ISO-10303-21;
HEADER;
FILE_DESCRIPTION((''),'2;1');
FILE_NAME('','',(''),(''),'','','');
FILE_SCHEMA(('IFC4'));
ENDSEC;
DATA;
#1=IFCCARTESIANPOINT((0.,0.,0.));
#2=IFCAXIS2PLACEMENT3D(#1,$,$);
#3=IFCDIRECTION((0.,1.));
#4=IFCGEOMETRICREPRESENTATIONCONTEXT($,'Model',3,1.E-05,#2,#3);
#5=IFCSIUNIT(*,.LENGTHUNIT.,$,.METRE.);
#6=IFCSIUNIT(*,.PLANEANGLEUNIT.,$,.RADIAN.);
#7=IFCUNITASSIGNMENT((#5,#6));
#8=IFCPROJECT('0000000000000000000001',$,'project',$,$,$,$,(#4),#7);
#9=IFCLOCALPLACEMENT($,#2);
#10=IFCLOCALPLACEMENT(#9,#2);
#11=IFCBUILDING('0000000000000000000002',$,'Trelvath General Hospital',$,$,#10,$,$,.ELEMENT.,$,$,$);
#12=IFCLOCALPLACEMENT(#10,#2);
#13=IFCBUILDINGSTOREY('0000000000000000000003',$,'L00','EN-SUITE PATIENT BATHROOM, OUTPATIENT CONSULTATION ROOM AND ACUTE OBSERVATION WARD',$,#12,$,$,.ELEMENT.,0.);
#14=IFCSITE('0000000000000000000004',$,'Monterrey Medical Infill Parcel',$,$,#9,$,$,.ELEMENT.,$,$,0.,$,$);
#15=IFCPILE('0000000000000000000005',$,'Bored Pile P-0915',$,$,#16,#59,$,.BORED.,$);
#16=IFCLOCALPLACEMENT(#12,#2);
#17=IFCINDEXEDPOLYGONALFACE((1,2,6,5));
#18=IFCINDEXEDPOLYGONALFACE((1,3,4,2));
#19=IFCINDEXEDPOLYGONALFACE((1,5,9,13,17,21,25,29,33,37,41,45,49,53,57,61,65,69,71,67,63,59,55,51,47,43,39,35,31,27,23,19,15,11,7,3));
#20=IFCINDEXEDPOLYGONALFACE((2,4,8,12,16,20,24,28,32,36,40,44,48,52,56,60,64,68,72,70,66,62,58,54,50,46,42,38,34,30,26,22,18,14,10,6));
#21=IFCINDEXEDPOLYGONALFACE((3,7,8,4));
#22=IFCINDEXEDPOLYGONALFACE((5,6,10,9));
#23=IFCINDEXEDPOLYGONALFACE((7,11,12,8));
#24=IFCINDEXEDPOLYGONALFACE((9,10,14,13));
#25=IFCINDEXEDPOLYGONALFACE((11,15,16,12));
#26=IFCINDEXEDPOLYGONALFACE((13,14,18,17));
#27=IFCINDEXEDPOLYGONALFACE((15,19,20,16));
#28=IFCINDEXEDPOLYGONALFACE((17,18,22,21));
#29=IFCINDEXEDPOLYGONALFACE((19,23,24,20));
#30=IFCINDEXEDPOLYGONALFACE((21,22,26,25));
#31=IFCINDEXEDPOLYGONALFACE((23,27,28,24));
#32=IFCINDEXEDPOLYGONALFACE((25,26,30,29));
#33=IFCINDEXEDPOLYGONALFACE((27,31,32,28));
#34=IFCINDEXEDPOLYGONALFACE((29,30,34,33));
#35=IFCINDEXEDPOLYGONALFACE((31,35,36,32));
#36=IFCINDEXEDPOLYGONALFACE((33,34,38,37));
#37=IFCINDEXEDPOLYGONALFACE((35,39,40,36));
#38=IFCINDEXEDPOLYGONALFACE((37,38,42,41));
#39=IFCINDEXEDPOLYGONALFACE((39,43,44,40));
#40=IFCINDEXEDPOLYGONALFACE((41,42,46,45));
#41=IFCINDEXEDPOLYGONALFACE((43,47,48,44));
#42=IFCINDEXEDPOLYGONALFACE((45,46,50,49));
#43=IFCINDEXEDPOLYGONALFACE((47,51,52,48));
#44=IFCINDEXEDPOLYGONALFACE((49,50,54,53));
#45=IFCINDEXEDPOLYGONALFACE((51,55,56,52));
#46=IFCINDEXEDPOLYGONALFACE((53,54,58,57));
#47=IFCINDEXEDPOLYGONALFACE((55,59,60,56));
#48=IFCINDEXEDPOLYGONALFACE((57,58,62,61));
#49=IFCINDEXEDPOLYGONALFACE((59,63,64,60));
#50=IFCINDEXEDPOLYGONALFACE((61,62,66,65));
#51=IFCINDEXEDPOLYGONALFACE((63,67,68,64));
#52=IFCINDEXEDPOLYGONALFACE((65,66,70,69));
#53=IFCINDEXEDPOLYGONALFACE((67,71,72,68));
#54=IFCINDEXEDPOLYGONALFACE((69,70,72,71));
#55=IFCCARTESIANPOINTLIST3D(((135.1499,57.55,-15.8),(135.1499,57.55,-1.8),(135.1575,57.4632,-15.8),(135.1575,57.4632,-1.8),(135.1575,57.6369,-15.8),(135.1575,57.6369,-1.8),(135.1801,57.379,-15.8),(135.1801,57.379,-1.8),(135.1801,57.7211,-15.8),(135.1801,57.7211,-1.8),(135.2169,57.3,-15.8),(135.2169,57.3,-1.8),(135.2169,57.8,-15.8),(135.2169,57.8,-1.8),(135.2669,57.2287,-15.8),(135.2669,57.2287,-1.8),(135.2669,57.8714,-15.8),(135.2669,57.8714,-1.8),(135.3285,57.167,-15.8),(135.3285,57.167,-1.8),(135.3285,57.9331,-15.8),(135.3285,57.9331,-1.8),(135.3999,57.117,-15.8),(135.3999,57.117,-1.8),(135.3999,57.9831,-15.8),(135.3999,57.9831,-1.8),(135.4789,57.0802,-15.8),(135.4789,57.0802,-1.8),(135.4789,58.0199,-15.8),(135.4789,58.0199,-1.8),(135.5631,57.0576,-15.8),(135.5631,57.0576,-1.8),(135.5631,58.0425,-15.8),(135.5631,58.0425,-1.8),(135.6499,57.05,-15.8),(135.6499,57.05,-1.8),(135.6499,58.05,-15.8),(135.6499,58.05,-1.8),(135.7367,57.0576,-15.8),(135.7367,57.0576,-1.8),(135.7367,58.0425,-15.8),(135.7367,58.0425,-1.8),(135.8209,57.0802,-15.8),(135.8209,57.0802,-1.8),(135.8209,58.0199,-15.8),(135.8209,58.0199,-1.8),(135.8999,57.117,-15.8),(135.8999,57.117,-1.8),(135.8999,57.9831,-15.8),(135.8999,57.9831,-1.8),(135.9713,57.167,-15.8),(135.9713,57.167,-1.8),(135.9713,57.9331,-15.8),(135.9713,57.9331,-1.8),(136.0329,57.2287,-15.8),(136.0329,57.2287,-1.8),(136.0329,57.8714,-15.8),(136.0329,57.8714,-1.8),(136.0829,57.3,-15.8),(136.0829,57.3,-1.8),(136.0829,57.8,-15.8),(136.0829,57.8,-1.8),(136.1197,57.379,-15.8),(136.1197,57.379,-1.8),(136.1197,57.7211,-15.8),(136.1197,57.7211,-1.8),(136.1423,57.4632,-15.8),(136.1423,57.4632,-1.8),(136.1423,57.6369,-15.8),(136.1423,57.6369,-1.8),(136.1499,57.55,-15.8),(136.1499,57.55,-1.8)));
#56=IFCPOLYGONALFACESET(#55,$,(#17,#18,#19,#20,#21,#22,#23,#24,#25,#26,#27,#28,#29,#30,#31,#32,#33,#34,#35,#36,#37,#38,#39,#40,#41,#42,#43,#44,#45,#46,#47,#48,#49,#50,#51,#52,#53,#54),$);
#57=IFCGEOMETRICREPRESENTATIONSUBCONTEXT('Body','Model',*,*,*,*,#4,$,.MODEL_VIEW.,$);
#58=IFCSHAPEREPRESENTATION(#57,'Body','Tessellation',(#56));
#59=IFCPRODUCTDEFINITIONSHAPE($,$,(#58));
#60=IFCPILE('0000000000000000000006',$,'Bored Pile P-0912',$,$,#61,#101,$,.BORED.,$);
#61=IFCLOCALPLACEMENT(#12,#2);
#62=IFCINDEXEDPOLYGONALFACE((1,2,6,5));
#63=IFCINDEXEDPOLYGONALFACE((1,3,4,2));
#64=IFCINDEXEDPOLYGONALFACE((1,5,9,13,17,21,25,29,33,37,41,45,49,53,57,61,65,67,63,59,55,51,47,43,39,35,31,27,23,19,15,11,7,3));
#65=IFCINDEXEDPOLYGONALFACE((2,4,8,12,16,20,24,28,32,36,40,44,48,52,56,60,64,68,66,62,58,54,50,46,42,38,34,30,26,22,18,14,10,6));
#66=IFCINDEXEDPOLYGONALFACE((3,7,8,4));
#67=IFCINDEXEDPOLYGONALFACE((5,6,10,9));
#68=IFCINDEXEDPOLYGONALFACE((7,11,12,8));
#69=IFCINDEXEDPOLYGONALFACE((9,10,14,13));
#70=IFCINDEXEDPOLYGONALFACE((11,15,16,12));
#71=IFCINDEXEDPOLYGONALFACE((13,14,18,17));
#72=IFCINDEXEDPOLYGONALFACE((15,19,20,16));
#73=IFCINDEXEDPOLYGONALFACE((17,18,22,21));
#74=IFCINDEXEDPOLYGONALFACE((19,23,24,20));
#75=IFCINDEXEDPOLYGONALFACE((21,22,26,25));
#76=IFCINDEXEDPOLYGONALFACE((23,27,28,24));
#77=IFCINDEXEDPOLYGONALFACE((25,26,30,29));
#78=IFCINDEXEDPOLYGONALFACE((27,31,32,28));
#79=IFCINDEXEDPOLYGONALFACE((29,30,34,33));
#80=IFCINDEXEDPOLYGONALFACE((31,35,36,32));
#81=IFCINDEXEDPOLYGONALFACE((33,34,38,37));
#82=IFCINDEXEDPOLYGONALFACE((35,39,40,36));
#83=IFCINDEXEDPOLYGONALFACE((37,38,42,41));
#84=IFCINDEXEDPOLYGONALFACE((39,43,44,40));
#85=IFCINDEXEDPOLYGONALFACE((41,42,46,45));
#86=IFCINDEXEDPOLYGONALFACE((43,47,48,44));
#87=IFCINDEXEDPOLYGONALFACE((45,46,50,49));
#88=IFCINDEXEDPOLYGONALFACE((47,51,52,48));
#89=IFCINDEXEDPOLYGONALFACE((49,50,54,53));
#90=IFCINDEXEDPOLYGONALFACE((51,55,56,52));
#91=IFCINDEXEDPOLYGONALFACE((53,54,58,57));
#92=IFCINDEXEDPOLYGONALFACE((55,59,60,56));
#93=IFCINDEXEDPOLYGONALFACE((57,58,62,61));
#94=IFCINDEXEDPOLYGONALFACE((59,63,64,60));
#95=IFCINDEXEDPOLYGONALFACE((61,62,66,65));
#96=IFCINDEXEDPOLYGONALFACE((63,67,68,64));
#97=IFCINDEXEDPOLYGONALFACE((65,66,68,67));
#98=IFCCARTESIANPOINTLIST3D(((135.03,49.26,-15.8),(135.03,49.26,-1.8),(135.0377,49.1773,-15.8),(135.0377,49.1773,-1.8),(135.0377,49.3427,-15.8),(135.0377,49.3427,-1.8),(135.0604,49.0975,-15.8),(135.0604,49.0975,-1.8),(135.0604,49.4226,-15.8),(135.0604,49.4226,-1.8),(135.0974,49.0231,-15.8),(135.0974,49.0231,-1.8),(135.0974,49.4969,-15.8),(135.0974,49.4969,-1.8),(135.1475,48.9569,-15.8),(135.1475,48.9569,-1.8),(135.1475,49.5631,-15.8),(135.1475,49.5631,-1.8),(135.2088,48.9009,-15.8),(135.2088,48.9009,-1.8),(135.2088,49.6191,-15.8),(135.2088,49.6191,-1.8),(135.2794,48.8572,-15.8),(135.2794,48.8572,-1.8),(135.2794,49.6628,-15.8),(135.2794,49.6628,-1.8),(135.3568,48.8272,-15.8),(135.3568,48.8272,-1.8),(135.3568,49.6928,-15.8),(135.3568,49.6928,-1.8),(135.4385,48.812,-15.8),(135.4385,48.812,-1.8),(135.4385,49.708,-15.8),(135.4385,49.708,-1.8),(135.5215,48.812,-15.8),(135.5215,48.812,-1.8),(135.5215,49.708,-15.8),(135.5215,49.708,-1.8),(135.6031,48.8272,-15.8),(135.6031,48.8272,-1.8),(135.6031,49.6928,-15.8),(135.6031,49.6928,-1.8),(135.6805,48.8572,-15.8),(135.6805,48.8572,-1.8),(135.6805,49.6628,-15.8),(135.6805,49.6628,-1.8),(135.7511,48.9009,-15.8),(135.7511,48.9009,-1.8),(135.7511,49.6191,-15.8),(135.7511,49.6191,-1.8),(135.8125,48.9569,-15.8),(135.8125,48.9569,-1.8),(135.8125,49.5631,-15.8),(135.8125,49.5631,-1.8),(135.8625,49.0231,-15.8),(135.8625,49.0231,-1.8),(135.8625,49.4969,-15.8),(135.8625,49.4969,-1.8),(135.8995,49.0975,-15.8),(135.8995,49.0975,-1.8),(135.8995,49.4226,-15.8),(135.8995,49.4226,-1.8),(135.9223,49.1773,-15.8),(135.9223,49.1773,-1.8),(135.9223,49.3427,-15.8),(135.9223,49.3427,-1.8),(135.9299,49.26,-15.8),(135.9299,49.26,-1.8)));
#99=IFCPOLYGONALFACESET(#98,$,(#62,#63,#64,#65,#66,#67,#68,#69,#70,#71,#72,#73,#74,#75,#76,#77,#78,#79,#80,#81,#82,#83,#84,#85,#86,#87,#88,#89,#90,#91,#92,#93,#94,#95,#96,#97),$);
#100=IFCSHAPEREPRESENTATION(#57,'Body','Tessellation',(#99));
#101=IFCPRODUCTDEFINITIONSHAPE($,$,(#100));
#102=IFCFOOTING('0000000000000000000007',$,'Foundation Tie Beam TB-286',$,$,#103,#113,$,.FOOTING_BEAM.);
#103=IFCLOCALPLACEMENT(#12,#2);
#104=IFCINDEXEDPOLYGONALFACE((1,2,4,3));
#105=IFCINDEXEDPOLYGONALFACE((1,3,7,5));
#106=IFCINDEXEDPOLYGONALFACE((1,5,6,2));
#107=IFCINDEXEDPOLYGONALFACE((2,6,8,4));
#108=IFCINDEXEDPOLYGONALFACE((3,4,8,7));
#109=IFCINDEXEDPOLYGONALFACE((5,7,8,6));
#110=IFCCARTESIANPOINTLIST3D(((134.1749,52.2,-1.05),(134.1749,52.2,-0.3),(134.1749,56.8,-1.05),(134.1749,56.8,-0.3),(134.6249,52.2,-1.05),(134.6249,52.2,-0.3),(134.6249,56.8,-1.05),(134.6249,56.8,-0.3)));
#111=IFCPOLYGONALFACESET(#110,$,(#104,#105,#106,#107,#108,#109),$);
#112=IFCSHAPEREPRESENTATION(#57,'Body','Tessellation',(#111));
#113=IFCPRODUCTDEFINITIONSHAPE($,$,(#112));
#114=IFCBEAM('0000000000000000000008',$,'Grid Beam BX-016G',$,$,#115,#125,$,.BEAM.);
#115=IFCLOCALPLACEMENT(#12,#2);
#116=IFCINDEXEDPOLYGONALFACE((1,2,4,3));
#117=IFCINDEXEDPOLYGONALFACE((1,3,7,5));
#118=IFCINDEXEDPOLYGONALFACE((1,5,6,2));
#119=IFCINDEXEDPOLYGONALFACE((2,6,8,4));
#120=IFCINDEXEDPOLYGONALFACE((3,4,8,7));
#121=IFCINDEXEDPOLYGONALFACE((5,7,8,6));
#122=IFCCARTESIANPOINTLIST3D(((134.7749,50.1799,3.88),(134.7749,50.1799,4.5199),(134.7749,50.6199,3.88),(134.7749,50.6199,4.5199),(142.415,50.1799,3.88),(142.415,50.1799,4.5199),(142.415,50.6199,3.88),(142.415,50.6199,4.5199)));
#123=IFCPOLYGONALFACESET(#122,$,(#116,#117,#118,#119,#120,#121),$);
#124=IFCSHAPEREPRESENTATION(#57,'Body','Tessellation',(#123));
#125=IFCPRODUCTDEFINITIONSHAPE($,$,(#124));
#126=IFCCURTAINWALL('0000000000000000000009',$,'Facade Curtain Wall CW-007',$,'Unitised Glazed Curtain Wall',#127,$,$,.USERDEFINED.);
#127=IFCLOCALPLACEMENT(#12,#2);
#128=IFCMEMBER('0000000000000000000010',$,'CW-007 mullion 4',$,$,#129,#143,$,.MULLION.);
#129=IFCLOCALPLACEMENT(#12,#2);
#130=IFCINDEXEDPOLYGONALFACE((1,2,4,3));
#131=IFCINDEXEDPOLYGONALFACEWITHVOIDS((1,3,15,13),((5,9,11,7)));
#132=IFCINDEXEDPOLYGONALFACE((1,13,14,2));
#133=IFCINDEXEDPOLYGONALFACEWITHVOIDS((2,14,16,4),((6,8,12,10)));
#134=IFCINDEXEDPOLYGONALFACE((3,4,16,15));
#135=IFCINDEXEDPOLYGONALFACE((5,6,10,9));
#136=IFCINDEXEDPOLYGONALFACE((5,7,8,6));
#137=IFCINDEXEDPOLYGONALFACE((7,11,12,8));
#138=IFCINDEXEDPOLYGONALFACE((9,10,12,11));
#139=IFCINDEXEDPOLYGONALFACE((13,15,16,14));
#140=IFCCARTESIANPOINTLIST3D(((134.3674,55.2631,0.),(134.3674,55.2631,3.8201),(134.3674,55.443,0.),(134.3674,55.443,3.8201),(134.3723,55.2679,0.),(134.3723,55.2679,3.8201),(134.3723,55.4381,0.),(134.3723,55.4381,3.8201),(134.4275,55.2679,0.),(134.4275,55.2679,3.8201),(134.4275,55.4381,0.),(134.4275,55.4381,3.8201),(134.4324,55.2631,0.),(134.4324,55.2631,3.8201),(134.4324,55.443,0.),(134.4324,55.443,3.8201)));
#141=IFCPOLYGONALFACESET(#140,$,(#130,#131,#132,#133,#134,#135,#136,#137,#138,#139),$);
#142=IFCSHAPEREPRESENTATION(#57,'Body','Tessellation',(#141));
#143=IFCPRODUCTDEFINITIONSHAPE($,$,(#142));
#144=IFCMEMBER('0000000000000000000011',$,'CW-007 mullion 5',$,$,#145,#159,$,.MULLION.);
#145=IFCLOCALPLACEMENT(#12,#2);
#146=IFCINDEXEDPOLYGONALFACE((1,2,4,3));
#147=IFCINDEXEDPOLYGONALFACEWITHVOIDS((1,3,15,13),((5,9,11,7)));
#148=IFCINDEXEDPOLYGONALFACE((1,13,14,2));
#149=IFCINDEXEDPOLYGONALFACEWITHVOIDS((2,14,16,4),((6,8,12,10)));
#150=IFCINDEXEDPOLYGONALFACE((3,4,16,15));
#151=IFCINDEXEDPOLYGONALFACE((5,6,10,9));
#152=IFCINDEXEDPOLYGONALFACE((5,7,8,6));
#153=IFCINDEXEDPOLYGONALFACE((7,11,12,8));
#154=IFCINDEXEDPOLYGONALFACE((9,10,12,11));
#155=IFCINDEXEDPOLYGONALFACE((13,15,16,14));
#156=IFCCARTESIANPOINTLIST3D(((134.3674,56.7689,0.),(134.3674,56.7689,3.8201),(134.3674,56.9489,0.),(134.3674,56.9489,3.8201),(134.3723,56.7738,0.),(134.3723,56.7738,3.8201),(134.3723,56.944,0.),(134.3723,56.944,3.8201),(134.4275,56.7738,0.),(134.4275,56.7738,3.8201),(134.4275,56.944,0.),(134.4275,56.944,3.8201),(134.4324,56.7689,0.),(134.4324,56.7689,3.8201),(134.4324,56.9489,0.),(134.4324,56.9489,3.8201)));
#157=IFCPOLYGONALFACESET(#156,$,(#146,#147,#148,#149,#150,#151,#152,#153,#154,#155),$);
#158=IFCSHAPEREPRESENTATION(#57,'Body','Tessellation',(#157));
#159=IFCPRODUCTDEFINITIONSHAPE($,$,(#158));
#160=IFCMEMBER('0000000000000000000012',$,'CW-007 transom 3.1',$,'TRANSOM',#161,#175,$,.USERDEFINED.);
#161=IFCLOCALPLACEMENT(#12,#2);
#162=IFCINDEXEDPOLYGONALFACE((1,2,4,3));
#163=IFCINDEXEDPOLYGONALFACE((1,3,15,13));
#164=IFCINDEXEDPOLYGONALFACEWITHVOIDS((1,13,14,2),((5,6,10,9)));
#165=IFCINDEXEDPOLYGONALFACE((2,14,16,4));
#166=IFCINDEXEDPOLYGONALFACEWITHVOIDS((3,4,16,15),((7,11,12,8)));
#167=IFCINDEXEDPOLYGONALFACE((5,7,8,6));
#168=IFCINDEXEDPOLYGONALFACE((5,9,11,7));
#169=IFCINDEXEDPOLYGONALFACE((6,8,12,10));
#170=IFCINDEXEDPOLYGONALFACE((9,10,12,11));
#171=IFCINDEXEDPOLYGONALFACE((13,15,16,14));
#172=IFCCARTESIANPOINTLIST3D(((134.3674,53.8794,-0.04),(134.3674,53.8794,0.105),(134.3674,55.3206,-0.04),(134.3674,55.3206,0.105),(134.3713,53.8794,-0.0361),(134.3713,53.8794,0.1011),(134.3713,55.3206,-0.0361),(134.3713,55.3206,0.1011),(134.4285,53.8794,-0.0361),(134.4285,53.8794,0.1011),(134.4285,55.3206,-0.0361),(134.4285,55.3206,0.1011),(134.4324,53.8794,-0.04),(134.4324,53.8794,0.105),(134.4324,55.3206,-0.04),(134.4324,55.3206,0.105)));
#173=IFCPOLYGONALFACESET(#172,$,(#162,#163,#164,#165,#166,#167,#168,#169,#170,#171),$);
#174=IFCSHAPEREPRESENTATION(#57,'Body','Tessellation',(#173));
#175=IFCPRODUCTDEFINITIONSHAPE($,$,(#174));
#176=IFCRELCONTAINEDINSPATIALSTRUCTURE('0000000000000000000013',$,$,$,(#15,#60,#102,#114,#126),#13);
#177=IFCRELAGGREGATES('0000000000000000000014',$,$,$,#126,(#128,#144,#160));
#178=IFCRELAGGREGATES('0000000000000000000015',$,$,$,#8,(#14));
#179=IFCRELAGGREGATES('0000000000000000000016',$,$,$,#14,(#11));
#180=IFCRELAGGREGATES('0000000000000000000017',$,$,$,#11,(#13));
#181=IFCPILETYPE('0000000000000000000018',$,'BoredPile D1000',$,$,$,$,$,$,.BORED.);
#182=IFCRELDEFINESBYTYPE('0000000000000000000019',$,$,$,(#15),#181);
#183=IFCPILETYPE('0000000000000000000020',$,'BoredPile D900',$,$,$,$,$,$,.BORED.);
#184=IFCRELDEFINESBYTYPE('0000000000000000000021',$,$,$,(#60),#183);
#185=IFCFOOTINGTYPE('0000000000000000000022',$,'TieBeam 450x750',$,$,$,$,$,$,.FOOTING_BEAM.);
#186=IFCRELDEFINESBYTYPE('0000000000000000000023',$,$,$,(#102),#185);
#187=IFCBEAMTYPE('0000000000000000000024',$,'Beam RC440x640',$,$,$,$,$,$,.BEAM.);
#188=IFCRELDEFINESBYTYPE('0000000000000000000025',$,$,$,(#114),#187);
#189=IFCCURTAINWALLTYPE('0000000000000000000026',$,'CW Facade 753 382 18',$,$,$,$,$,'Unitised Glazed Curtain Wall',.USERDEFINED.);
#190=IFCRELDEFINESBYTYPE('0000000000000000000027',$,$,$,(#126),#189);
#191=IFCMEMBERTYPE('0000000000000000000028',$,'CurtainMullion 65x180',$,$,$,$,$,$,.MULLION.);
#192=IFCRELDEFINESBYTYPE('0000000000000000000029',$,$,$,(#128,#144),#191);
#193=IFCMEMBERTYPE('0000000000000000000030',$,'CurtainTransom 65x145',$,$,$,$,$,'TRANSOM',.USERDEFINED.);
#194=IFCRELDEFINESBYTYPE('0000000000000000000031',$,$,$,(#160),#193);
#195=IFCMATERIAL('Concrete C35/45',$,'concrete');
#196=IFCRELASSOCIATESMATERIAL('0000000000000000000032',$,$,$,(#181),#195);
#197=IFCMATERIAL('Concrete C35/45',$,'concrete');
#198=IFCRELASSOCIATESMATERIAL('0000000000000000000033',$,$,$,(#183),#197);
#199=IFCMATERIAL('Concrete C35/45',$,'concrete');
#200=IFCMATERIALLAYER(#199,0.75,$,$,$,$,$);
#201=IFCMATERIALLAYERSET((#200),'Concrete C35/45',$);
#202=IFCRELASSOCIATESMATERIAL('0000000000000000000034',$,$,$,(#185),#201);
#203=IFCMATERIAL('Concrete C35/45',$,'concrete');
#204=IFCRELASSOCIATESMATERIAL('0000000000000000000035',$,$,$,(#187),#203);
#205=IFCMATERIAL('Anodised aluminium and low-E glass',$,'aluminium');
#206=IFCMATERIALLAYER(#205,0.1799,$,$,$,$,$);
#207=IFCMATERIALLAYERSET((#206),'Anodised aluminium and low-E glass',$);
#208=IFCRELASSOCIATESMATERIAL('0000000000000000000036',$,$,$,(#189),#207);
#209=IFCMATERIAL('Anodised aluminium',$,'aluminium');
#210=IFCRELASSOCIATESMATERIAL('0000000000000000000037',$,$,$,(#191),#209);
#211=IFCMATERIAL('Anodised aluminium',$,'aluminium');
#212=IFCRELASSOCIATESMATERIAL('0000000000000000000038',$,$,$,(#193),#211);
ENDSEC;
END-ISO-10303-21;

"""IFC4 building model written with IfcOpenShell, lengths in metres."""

from ifc_helpers import new_model, si_unit, direction, frame, origin, origin_2d, place, context, subcontext, project, spatial, rectangle, hollow_rectangle, circle, extrude, material, layer, layer_set, material_profile, profile_set, type_object, element, aggregate, save


model = new_model("IFC4")

# Units and contexts
model_context = context("Model", 3, precision=1e-05, world=origin(), true_north=direction((0.0, 1.0)))
body_context = subcontext(model_context, "Body", "Model", "MODEL_VIEW")
ifc_project = project(units=[si_unit("LENGTHUNIT", "METRE"), si_unit("PLANEANGLEUNIT", "RADIAN")], contexts=[model_context])

# Site, building, storey
site_placement = place(None, origin())
site = spatial("IfcSite", under=ifc_project, at=site_placement, Name="Monterrey Medical Infill Parcel", CompositionType="ELEMENT", RefElevation=0.0)
building_placement = place(site_placement, origin())
building = spatial("IfcBuilding", under=site, at=building_placement, Name="Trelvath General Hospital", CompositionType="ELEMENT")
storey_placement = place(building_placement, origin())
storey = spatial("IfcBuildingStorey", under=building, at=storey_placement, Name="L00", Description="EN-SUITE PATIENT BATHROOM, OUTPATIENT CONSULTATION ROOM AND ACUTE OBSERVATION WARD", CompositionType="ELEMENT", Elevation=0.0)

# Piles
ifc_material_1 = material(Name="Concrete C35/45", Category="concrete")
ifc_material_profile_1 = material_profile(ifc_material_1, circle(Radius=0.5, at=origin_2d()), Name="PILE1000")
ifc_profile_set_1 = profile_set([ifc_material_profile_1], Name="Concrete C35/45")
pile_type_1 = type_object("IfcPileType", Name="BoredPile D1000", PredefinedType="BORED", material=ifc_profile_set_1)
pile_1_placement = place(storey_placement, frame((135.6499, 57.55, -1.8), z_axis=(0.0, 0.0, -1.0), x_axis=(1.0, 0.0, 0.0)))
element("IfcPile", 1, at=pile_1_placement, inside=storey, type_object=pile_type_1, Name="Bored Pile P-0915", PredefinedType="BORED", context=body_context, shape_type="SweptSolid", body=[
    extrude(circle(Radius=0.5, at=origin_2d()), origin(), (0.0, 0.0, 1.0), 14.0),
])
ifc_material_2 = material(Name="Concrete C35/45", Category="concrete")
ifc_material_profile_2 = material_profile(ifc_material_2, circle(Radius=0.45, at=origin_2d()), Name="PILE900")
ifc_profile_set_2 = profile_set([ifc_material_profile_2], Name="Concrete C35/45")
pile_type_2 = type_object("IfcPileType", Name="BoredPile D900", PredefinedType="BORED", material=ifc_profile_set_2)
pile_2_placement = place(storey_placement, frame((135.48, 49.26, -1.8), z_axis=(0.0, 0.0, -1.0), x_axis=(1.0, 0.0, 0.0)))
element("IfcPile", 2, at=pile_2_placement, inside=storey, type_object=pile_type_2, Name="Bored Pile P-0912", PredefinedType="BORED", context=body_context, shape_type="SweptSolid", body=[
    extrude(circle(Radius=0.45, at=origin_2d()), origin(), (0.0, 0.0, 1.0), 14.0),
])

# Footing
ifc_material_3 = material(Name="Concrete C35/45", Category="concrete")
ifc_layer_1 = layer(ifc_material_3, 0.75)
ifc_layer_set_1 = layer_set([ifc_layer_1], Name="Concrete C35/45")
footing_type = type_object("IfcFootingType", Name="TieBeam 450x750", PredefinedType="FOOTING_BEAM", material=ifc_layer_set_1)
footing_placement = place(storey_placement, frame((134.3999, 54.5, -1.05), z_axis=(0.0, 0.0, 1.0), x_axis=(1.0, 0.0, 0.0)))
element("IfcFooting", 3, at=footing_placement, inside=storey, type_object=footing_type, Name="Foundation Tie Beam TB-286", PredefinedType="FOOTING_BEAM", context=body_context, shape_type="SweptSolid", body=[
    extrude(rectangle(XDim=0.45, YDim=4.6001, at=origin_2d()), origin(), (0.0, 0.0, 1.0), 0.75),
])

# Beam
ifc_material_4 = material(Name="Concrete C35/45", Category="concrete")
ifc_material_profile_3 = material_profile(ifc_material_4, rectangle(XDim=0.4399, YDim=0.6399, at=origin_2d()), Name="RCB440x640")
ifc_profile_set_3 = profile_set([ifc_material_profile_3], Name="Concrete C35/45")
beam_type = type_object("IfcBeamType", Name="Beam RC440x640", PredefinedType="BEAM", material=ifc_profile_set_3)
beam_placement = place(storey_placement, frame((134.7749, 50.3999, 4.2), z_axis=(1.0, 0.0, 0.0), x_axis=(0.0, 1.0, 0.0)))
element("IfcBeam", 4, at=beam_placement, inside=storey, type_object=beam_type, Name="Grid Beam BX-016G", PredefinedType="BEAM", context=body_context, shape_type="SweptSolid", body=[
    extrude(rectangle(XDim=0.4399, YDim=0.6399, at=origin_2d()), origin(), (0.0, 0.0, 1.0), 7.6401),
])

# Curtain wall, members
ifc_material_5 = material(Name="Anodised aluminium and low-E glass", Category="aluminium")
ifc_layer_2 = layer(ifc_material_5, 0.1799)
ifc_layer_set_2 = layer_set([ifc_layer_2], Name="Anodised aluminium and low-E glass")
curtain_wall_type = type_object("IfcCurtainWallType", Name="CW Facade 753 382 18", ElementType="Unitised Glazed Curtain Wall", PredefinedType="USERDEFINED", material=ifc_layer_set_2)
curtain_wall_placement = place(storey_placement, origin())
curtain_wall = element("IfcCurtainWall", 5, at=curtain_wall_placement, inside=storey, type_object=curtain_wall_type, Name="Facade Curtain Wall CW-007", ObjectType="Unitised Glazed Curtain Wall", PredefinedType="USERDEFINED")
ifc_material_6 = material(Name="Anodised aluminium", Category="aluminium")
ifc_material_profile_4 = material_profile(ifc_material_6, hollow_rectangle(XDim=0.0649, YDim=0.1799, WallThickness=0.0049, at=origin_2d()), Name="RHS65x180x5")
ifc_profile_set_4 = profile_set([ifc_material_profile_4], Name="Anodised aluminium")
member_type_1 = type_object("IfcMemberType", Name="CurtainMullion 65x180", PredefinedType="MULLION", material=ifc_profile_set_4)
member_1_placement = place(storey_placement, frame((134.3999, 55.353, 0.0), z_axis=(0.0, 0.0, 1.0), x_axis=(-1.0, 0.0, 0.0)))
member_1 = element("IfcMember", 6, at=member_1_placement, type_object=member_type_1, Name="CW-007 mullion 4", PredefinedType="MULLION", context=body_context, shape_type="SweptSolid", body=[
    extrude(hollow_rectangle(XDim=0.0649, YDim=0.1799, WallThickness=0.0049, at=origin_2d()), origin(), (0.0, 0.0, 1.0), 3.8201),
])
member_2_placement = place(storey_placement, frame((134.3999, 56.8589, 0.0), z_axis=(0.0, 0.0, 1.0), x_axis=(-1.0, 0.0, 0.0)))
member_2 = element("IfcMember", 7, at=member_2_placement, type_object=member_type_1, Name="CW-007 mullion 5", PredefinedType="MULLION", context=body_context, shape_type="SweptSolid", body=[
    extrude(hollow_rectangle(XDim=0.0649, YDim=0.1799, WallThickness=0.0049, at=origin_2d()), origin(), (0.0, 0.0, 1.0), 3.8201),
])
ifc_material_7 = material(Name="Anodised aluminium", Category="aluminium")
ifc_material_profile_5 = material_profile(ifc_material_7, hollow_rectangle(XDim=0.0649, YDim=0.145, WallThickness=0.0039, at=origin_2d()), Name="RHS65x145x4")
ifc_profile_set_5 = profile_set([ifc_material_profile_5], Name="Anodised aluminium")
member_type_2 = type_object("IfcMemberType", Name="CurtainTransom 65x145", ElementType="TRANSOM", PredefinedType="USERDEFINED", material=ifc_profile_set_5)
member_3_placement = place(storey_placement, frame((134.3999, 53.8794, 0.0325), z_axis=(0.0, 1.0, 0.0), x_axis=(-1.0, 0.0, 0.0)))
member_3 = element("IfcMember", 8, at=member_3_placement, type_object=member_type_2, Name="CW-007 transom 3.1", ObjectType="TRANSOM", PredefinedType="USERDEFINED", context=body_context, shape_type="SweptSolid", body=[
    extrude(hollow_rectangle(XDim=0.0649, YDim=0.145, WallThickness=0.0039, at=origin_2d()), origin(), (0.0, 0.0, 1.0), 1.4412),
])
aggregate(curtain_wall, [member_1, member_2, member_3])

save(model, "model.ifc")
